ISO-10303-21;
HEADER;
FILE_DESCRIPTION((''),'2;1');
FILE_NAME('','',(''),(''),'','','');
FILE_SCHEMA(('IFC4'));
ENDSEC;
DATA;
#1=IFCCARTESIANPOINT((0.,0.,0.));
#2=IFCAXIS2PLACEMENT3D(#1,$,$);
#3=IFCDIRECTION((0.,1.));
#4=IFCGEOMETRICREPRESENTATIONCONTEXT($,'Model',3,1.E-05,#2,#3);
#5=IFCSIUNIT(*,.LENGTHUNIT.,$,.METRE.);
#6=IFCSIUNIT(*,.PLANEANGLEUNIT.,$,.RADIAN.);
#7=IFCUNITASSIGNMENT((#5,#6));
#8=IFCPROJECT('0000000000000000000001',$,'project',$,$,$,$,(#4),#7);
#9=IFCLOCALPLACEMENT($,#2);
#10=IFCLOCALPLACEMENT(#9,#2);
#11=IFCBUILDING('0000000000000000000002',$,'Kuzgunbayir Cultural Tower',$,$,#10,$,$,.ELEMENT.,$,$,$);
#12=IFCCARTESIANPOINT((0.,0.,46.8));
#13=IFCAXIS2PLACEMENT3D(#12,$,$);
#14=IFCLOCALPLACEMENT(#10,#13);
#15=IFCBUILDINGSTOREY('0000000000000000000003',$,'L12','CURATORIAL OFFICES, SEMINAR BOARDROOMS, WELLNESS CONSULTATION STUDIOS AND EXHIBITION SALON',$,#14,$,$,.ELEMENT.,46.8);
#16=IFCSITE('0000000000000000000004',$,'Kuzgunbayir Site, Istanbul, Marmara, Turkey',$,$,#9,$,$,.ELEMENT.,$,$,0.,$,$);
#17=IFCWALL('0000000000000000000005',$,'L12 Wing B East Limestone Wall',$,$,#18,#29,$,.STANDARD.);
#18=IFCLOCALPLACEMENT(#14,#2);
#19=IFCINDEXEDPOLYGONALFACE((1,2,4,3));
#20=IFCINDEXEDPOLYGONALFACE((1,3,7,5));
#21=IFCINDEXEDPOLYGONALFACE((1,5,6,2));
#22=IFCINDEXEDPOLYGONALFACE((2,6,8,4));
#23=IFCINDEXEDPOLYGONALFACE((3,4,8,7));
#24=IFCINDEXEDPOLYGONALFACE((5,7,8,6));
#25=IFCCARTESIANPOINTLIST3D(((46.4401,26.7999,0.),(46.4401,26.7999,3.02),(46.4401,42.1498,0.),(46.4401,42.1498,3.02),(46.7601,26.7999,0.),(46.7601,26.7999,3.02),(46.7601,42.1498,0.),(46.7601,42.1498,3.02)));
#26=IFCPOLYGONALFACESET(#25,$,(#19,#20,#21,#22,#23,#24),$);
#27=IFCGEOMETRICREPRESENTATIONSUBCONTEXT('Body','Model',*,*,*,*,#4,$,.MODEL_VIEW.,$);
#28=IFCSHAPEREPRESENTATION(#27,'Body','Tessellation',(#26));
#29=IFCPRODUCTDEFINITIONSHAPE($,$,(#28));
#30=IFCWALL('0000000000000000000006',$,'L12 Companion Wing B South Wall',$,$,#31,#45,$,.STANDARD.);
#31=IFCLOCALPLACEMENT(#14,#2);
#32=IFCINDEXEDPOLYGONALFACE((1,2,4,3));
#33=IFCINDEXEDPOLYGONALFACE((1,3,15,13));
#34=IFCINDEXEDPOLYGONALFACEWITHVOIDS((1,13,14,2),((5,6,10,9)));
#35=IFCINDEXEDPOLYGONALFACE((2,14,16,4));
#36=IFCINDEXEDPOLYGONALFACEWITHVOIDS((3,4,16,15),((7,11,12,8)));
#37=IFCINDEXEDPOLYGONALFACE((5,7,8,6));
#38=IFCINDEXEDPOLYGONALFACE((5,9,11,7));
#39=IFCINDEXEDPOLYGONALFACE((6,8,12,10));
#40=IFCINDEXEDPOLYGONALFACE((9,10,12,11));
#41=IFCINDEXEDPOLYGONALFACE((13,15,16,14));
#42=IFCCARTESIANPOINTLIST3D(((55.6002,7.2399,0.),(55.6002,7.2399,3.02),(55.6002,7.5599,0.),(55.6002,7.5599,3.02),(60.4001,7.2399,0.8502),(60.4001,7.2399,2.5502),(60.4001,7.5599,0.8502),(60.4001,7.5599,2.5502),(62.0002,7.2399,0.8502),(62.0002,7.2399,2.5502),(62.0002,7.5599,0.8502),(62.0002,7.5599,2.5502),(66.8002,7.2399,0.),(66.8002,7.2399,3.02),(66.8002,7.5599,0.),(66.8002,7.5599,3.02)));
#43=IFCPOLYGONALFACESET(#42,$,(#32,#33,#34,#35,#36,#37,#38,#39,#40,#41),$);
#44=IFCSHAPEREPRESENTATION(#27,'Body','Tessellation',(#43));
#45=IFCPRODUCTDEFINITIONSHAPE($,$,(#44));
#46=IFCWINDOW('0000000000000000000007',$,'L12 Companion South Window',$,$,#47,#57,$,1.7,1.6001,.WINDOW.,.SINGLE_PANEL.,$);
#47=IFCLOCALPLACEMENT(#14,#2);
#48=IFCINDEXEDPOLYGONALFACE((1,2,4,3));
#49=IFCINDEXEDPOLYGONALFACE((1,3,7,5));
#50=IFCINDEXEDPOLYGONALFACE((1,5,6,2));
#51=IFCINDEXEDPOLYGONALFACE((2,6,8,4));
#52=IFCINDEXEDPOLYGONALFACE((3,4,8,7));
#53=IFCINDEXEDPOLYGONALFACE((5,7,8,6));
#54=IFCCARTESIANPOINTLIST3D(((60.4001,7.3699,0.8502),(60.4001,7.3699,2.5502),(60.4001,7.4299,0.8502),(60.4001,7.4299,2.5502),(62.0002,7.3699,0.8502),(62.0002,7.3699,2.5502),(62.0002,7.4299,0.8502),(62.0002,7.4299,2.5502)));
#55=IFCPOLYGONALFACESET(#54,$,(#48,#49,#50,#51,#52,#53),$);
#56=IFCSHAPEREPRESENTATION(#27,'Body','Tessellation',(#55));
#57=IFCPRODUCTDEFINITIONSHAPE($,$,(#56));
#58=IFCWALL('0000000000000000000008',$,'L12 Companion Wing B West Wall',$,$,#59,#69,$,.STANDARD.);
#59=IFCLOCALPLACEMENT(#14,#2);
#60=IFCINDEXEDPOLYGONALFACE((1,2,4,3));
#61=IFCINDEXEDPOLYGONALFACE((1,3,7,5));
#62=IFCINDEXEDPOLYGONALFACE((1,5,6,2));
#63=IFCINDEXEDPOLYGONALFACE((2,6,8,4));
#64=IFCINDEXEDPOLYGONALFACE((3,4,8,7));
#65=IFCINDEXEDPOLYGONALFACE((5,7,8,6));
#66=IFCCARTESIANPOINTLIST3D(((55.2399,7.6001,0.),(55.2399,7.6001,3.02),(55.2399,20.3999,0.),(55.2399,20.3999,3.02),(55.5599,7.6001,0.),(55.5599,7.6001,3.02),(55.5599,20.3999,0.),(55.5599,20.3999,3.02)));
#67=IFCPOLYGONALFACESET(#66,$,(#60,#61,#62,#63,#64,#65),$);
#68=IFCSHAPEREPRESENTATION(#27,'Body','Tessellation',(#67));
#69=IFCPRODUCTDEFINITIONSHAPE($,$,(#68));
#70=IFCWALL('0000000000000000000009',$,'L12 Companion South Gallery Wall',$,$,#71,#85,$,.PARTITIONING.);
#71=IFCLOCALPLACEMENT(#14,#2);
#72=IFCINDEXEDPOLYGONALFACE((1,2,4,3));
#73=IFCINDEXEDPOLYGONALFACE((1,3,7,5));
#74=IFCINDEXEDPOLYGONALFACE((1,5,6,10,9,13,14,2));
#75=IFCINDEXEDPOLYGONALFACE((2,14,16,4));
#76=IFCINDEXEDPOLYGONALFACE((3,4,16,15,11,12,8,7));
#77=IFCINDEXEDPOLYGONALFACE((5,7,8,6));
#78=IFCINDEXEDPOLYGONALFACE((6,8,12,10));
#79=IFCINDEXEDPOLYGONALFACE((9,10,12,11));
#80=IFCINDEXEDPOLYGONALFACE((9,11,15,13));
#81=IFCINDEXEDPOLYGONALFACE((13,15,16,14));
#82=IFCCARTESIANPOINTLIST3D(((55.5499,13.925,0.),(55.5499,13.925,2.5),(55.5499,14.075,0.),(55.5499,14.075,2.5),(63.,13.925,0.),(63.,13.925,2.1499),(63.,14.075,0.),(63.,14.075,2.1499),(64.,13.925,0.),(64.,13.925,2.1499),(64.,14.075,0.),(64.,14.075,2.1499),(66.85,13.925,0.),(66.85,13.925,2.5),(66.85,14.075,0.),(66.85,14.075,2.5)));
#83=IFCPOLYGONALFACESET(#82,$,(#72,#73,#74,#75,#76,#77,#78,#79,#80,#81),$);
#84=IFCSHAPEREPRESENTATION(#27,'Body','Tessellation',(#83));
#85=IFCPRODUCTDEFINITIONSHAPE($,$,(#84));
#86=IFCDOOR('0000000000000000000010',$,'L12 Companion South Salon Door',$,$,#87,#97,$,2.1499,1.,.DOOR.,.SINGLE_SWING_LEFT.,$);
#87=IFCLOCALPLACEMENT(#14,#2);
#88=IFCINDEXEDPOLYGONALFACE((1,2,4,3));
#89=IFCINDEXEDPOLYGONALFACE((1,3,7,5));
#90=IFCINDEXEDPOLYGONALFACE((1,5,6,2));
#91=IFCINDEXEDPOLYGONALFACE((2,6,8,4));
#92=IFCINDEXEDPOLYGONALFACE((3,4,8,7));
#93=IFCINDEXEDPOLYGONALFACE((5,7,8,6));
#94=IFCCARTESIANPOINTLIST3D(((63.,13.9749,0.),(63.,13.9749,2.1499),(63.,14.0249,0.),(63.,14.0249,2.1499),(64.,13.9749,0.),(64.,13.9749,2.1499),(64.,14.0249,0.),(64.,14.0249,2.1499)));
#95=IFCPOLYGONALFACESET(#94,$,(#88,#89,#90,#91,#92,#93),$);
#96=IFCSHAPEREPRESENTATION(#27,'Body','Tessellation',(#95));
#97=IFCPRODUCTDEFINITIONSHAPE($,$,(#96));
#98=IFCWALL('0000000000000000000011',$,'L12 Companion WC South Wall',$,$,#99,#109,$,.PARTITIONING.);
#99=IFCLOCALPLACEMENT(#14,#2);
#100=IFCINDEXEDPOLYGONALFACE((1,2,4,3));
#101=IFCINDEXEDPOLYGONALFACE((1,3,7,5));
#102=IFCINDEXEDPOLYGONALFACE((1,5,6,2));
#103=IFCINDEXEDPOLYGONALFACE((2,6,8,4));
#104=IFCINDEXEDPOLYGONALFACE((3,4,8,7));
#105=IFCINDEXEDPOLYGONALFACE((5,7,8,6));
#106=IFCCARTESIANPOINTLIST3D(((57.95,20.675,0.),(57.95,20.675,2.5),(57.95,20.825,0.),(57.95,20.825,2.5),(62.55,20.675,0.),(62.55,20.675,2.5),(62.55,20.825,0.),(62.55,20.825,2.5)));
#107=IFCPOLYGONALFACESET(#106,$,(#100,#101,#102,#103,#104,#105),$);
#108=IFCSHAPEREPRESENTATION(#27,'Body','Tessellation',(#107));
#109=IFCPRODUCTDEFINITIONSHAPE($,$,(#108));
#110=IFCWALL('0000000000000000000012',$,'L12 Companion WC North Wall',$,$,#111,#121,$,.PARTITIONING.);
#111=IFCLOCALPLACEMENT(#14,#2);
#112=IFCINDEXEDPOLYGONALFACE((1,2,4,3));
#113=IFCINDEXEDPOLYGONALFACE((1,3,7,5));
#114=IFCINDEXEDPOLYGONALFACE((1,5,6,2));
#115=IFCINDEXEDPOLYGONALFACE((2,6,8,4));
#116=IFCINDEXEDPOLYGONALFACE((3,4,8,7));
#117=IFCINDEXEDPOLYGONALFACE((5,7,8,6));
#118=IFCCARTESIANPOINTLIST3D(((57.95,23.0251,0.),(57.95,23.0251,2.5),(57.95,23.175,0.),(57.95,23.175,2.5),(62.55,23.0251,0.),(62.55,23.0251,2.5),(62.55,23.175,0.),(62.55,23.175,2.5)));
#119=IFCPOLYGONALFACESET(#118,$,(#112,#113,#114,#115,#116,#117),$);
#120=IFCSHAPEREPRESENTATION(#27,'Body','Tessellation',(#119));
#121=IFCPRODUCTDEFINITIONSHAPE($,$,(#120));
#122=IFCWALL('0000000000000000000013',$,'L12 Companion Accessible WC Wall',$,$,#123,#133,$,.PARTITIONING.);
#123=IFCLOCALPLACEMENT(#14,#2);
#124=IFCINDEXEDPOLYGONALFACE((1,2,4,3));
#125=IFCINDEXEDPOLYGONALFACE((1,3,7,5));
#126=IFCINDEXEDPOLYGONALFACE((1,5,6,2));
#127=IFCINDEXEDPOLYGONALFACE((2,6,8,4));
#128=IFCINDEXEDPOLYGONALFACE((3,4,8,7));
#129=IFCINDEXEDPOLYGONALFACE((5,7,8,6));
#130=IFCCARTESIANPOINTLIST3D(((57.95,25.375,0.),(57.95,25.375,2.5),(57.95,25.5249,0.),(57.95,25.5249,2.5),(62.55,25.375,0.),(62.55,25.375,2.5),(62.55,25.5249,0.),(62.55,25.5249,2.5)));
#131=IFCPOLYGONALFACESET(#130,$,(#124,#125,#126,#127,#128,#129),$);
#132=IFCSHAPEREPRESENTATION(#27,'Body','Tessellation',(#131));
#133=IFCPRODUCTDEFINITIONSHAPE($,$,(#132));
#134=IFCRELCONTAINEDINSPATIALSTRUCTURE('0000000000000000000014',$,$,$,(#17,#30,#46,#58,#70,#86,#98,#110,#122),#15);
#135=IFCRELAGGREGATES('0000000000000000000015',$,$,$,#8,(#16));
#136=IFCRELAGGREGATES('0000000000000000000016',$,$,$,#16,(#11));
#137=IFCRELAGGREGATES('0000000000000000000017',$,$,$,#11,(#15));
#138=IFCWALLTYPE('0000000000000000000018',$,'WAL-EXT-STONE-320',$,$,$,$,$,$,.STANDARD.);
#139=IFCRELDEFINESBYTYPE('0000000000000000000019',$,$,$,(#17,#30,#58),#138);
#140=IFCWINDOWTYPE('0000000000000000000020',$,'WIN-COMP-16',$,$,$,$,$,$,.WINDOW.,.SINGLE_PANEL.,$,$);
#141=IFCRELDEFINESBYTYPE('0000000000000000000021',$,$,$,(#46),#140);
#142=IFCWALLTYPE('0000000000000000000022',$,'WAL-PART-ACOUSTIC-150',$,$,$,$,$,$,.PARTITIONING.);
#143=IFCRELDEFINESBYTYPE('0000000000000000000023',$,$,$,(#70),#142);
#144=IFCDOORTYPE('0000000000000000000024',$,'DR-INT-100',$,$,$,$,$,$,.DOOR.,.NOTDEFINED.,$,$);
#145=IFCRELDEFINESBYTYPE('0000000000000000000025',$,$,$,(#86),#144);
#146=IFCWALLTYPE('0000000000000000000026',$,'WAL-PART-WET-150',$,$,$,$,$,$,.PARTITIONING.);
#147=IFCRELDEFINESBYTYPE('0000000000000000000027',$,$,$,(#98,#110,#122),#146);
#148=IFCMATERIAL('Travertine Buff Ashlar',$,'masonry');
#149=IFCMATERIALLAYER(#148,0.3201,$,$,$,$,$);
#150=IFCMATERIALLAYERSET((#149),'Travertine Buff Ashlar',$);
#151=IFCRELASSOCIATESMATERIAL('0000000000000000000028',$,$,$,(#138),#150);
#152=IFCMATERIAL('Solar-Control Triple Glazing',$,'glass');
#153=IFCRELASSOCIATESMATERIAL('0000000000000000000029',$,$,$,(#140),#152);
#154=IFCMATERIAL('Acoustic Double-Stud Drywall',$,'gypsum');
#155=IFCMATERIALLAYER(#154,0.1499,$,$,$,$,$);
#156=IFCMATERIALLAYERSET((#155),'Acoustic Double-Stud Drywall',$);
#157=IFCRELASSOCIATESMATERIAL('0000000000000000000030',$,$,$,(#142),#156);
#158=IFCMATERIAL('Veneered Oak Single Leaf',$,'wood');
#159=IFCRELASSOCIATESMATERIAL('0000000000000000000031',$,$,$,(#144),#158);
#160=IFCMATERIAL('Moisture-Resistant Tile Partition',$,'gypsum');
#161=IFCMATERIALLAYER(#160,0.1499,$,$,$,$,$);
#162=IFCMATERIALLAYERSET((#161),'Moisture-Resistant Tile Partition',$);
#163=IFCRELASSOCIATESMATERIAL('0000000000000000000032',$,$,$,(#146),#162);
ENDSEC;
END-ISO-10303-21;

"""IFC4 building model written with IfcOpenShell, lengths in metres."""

from ifc_helpers import new_model, si_unit, direction, frame, frame_2d, origin, place, context, subcontext, project, spatial, rectangle, extrude, material, layer, layer_set, type_object, element, fill, save


model = new_model("IFC4")

# Units and contexts
model_context = context("Model", 3, precision=1e-05, world=origin(), true_north=direction((0.0, 1.0)))
body_context = subcontext(model_context, "Body", "Model", "MODEL_VIEW")
ifc_project = project(units=[si_unit("LENGTHUNIT", "METRE"), si_unit("PLANEANGLEUNIT", "RADIAN")], contexts=[model_context])

# Site, building, storey
site_placement = place(None, origin())
site = spatial("IfcSite", under=ifc_project, at=site_placement, Name="Kuzgunbayir Site, Istanbul, Marmara, Turkey", CompositionType="ELEMENT", RefElevation=0.0)
building_placement = place(site_placement, origin())
building = spatial("IfcBuilding", under=site, at=building_placement, Name="Kuzgunbayir Cultural Tower", CompositionType="ELEMENT")
storey_placement = place(building_placement, frame((0.0, 0.0, 46.8)))
storey = spatial("IfcBuildingStorey", under=building, at=storey_placement, Name="L12", Description="CURATORIAL OFFICES, SEMINAR BOARDROOMS, WELLNESS CONSULTATION STUDIOS AND EXHIBITION SALON", CompositionType="ELEMENT", Elevation=46.8)

# Wall
ifc_material_1 = material(Name="Travertine Buff Ashlar", Category="masonry")
ifc_layer_1 = layer(ifc_material_1, 0.3201)
ifc_layer_set_1 = layer_set([ifc_layer_1], Name="Travertine Buff Ashlar")
wall_type_1 = type_object("IfcWallType", Name="WAL-EXT-STONE-320", PredefinedType="STANDARD", material=ifc_layer_set_1)
wall_1_placement = place(storey_placement, frame((46.6001, 26.8, 0.0), z_axis=(0.0, 0.0, 1.0), x_axis=(0.0, 1.0, 0.0)))
element("IfcWall", 1, at=wall_1_placement, inside=storey, type_object=wall_type_1, Name="L12 Wing B East Limestone Wall", PredefinedType="STANDARD", context=body_context, shape_type="SweptSolid", body=[
    extrude(rectangle(XDim=15.3499, YDim=0.3201, at=frame_2d((7.6748, 0.0))), origin(), (0.0, 0.0, 1.0), 3.02),
])

# Wall, opening, window
wall_2_placement = place(storey_placement, frame((55.6001, 7.3999, 0.0), z_axis=(0.0, 0.0, 1.0), x_axis=(1.0, 0.0, 0.0)))
wall_2 = element("IfcWall", 2, at=wall_2_placement, inside=storey, type_object=wall_type_1, Name="L12 Companion Wing B South Wall", PredefinedType="STANDARD", context=body_context, shape_type="SweptSolid", body=[
    extrude(rectangle(XDim=11.2, YDim=0.3201, at=frame_2d((5.6001, 0.0))), origin(), (0.0, 0.0, 1.0), 3.02),
])
opening_1_placement = place(wall_2_placement, frame((4.8, 0.0, 0.8501)))
opening_1 = element("IfcOpeningElement", 3, at=opening_1_placement, cuts=wall_2, PredefinedType="OPENING", context=body_context, shape_type="SweptSolid", body=[
    extrude(rectangle(XDim=1.6001, YDim=1.7, at=frame_2d((0.8, 0.8501))), frame((0.0, 0.1699, 0.0), z_axis=(0.0, -1.0, 0.0), x_axis=(1.0, 0.0, 0.0)), (0.0, 0.0, 1.0), 0.3401),
])
ifc_material_2 = material(Name="Solar-Control Triple Glazing", Category="glass")
window_type = type_object("IfcWindowType", Name="WIN-COMP-16", PartitioningType="SINGLE_PANEL", PredefinedType="WINDOW", material=ifc_material_2)
window_placement = place(opening_1_placement, origin())
window = element("IfcWindow", 4, at=window_placement, inside=storey, type_object=window_type, Name="L12 Companion South Window", OverallHeight=1.7, OverallWidth=1.6001, PartitioningType="SINGLE_PANEL", PredefinedType="WINDOW", context=body_context, shape_type="SweptSolid", body=[
    extrude(rectangle(XDim=1.6001, YDim=1.7, at=frame_2d((0.8, 0.8501))), frame((0.0, 0.03, 0.0), z_axis=(0.0, -1.0, 0.0), x_axis=(1.0, 0.0, 0.0)), (0.0, 0.0, 1.0), 0.0601),
])
fill(opening_1, window)

# Wall
wall_3_placement = place(storey_placement, frame((55.3999, 20.3999, 0.0), z_axis=(0.0, 0.0, 1.0), x_axis=(0.0, -1.0, 0.0)))
element("IfcWall", 5, at=wall_3_placement, inside=storey, type_object=wall_type_1, Name="L12 Companion Wing B West Wall", PredefinedType="STANDARD", context=body_context, shape_type="SweptSolid", body=[
    extrude(rectangle(XDim=12.7998, YDim=0.3201, at=frame_2d((6.3999, 0.0))), origin(), (0.0, 0.0, 1.0), 3.02),
])

# Wall, opening, door
ifc_material_3 = material(Name="Acoustic Double-Stud Drywall", Category="gypsum")
ifc_layer_2 = layer(ifc_material_3, 0.1499)
ifc_layer_set_2 = layer_set([ifc_layer_2], Name="Acoustic Double-Stud Drywall")
wall_type_2 = type_object("IfcWallType", Name="WAL-PART-ACOUSTIC-150", PredefinedType="PARTITIONING", material=ifc_layer_set_2)
wall_4_placement = place(storey_placement, frame((55.55, 14.0, 0.0), z_axis=(0.0, 0.0, 1.0), x_axis=(1.0, 0.0, 0.0)))
wall_4 = element("IfcWall", 6, at=wall_4_placement, inside=storey, type_object=wall_type_2, Name="L12 Companion South Gallery Wall", PredefinedType="PARTITIONING", context=body_context, shape_type="SweptSolid", body=[
    extrude(rectangle(XDim=11.3, YDim=0.1499, at=frame_2d((5.6499, 0.0))), origin(), (0.0, 0.0, 1.0), 2.5),
])
opening_2_placement = place(wall_4_placement, frame((7.45, 0.0, 0.0)))
opening_2 = element("IfcOpeningElement", 7, at=opening_2_placement, cuts=wall_4, PredefinedType="OPENING", context=body_context, shape_type="SweptSolid", body=[
    extrude(rectangle(XDim=1.0, YDim=2.1499, at=frame_2d((0.5, 1.075))), frame((0.0, 0.085, 0.0), z_axis=(0.0, -1.0, 0.0), x_axis=(1.0, 0.0, 0.0)), (0.0, 0.0, 1.0), 0.1699),
])
ifc_material_4 = material(Name="Veneered Oak Single Leaf", Category="wood")
door_type = type_object("IfcDoorType", Name="DR-INT-100", OperationType="NOTDEFINED", PredefinedType="DOOR", material=ifc_material_4)
door_placement = place(opening_2_placement, origin())
door = element("IfcDoor", 8, at=door_placement, inside=storey, type_object=door_type, Name="L12 Companion South Salon Door", OperationType="SINGLE_SWING_LEFT", OverallHeight=2.1499, OverallWidth=1.0, PredefinedType="DOOR", context=body_context, shape_type="SweptSolid", body=[
    extrude(rectangle(XDim=1.0, YDim=2.1499, at=frame_2d((0.5, 1.075))), frame((0.0, 0.0249, 0.0), z_axis=(0.0, -1.0, 0.0), x_axis=(1.0, 0.0, 0.0)), (0.0, 0.0, 1.0), 0.05),
])
fill(opening_2, door)

# Walls
ifc_material_5 = material(Name="Moisture-Resistant Tile Partition", Category="gypsum")
ifc_layer_3 = layer(ifc_material_5, 0.1499)
ifc_layer_set_3 = layer_set([ifc_layer_3], Name="Moisture-Resistant Tile Partition")
wall_type_3 = type_object("IfcWallType", Name="WAL-PART-WET-150", PredefinedType="PARTITIONING", material=ifc_layer_set_3)
for number, where, z_axis, x_axis, name in (
    (9, (57.95, 20.75, 0.0), (0.0, 0.0, 1.0), (1.0, 0.0, 0.0), "L12 Companion WC South Wall"),
    (10, (57.95, 23.1001, 0.0), (0.0, 0.0, 1.0), (1.0, 0.0, 0.0), "L12 Companion WC North Wall"),
    (11, (57.95, 25.45, 0.0), (0.0, 0.0, 1.0), (1.0, 0.0, 0.0), "L12 Companion Accessible WC Wall"),
):
    element("IfcWall", number, at=place(storey_placement, frame(where, z_axis=z_axis, x_axis=x_axis)), inside=storey, type_object=wall_type_3, Name=name, PredefinedType="PARTITIONING", context=body_context, shape_type="SweptSolid", body=[
        extrude(rectangle(XDim=4.6001, YDim=0.1499, at=frame_2d((2.3, 0.0))), origin(), (0.0, 0.0, 1.0), 2.5),
    ])

save(model, "model.ifc")
